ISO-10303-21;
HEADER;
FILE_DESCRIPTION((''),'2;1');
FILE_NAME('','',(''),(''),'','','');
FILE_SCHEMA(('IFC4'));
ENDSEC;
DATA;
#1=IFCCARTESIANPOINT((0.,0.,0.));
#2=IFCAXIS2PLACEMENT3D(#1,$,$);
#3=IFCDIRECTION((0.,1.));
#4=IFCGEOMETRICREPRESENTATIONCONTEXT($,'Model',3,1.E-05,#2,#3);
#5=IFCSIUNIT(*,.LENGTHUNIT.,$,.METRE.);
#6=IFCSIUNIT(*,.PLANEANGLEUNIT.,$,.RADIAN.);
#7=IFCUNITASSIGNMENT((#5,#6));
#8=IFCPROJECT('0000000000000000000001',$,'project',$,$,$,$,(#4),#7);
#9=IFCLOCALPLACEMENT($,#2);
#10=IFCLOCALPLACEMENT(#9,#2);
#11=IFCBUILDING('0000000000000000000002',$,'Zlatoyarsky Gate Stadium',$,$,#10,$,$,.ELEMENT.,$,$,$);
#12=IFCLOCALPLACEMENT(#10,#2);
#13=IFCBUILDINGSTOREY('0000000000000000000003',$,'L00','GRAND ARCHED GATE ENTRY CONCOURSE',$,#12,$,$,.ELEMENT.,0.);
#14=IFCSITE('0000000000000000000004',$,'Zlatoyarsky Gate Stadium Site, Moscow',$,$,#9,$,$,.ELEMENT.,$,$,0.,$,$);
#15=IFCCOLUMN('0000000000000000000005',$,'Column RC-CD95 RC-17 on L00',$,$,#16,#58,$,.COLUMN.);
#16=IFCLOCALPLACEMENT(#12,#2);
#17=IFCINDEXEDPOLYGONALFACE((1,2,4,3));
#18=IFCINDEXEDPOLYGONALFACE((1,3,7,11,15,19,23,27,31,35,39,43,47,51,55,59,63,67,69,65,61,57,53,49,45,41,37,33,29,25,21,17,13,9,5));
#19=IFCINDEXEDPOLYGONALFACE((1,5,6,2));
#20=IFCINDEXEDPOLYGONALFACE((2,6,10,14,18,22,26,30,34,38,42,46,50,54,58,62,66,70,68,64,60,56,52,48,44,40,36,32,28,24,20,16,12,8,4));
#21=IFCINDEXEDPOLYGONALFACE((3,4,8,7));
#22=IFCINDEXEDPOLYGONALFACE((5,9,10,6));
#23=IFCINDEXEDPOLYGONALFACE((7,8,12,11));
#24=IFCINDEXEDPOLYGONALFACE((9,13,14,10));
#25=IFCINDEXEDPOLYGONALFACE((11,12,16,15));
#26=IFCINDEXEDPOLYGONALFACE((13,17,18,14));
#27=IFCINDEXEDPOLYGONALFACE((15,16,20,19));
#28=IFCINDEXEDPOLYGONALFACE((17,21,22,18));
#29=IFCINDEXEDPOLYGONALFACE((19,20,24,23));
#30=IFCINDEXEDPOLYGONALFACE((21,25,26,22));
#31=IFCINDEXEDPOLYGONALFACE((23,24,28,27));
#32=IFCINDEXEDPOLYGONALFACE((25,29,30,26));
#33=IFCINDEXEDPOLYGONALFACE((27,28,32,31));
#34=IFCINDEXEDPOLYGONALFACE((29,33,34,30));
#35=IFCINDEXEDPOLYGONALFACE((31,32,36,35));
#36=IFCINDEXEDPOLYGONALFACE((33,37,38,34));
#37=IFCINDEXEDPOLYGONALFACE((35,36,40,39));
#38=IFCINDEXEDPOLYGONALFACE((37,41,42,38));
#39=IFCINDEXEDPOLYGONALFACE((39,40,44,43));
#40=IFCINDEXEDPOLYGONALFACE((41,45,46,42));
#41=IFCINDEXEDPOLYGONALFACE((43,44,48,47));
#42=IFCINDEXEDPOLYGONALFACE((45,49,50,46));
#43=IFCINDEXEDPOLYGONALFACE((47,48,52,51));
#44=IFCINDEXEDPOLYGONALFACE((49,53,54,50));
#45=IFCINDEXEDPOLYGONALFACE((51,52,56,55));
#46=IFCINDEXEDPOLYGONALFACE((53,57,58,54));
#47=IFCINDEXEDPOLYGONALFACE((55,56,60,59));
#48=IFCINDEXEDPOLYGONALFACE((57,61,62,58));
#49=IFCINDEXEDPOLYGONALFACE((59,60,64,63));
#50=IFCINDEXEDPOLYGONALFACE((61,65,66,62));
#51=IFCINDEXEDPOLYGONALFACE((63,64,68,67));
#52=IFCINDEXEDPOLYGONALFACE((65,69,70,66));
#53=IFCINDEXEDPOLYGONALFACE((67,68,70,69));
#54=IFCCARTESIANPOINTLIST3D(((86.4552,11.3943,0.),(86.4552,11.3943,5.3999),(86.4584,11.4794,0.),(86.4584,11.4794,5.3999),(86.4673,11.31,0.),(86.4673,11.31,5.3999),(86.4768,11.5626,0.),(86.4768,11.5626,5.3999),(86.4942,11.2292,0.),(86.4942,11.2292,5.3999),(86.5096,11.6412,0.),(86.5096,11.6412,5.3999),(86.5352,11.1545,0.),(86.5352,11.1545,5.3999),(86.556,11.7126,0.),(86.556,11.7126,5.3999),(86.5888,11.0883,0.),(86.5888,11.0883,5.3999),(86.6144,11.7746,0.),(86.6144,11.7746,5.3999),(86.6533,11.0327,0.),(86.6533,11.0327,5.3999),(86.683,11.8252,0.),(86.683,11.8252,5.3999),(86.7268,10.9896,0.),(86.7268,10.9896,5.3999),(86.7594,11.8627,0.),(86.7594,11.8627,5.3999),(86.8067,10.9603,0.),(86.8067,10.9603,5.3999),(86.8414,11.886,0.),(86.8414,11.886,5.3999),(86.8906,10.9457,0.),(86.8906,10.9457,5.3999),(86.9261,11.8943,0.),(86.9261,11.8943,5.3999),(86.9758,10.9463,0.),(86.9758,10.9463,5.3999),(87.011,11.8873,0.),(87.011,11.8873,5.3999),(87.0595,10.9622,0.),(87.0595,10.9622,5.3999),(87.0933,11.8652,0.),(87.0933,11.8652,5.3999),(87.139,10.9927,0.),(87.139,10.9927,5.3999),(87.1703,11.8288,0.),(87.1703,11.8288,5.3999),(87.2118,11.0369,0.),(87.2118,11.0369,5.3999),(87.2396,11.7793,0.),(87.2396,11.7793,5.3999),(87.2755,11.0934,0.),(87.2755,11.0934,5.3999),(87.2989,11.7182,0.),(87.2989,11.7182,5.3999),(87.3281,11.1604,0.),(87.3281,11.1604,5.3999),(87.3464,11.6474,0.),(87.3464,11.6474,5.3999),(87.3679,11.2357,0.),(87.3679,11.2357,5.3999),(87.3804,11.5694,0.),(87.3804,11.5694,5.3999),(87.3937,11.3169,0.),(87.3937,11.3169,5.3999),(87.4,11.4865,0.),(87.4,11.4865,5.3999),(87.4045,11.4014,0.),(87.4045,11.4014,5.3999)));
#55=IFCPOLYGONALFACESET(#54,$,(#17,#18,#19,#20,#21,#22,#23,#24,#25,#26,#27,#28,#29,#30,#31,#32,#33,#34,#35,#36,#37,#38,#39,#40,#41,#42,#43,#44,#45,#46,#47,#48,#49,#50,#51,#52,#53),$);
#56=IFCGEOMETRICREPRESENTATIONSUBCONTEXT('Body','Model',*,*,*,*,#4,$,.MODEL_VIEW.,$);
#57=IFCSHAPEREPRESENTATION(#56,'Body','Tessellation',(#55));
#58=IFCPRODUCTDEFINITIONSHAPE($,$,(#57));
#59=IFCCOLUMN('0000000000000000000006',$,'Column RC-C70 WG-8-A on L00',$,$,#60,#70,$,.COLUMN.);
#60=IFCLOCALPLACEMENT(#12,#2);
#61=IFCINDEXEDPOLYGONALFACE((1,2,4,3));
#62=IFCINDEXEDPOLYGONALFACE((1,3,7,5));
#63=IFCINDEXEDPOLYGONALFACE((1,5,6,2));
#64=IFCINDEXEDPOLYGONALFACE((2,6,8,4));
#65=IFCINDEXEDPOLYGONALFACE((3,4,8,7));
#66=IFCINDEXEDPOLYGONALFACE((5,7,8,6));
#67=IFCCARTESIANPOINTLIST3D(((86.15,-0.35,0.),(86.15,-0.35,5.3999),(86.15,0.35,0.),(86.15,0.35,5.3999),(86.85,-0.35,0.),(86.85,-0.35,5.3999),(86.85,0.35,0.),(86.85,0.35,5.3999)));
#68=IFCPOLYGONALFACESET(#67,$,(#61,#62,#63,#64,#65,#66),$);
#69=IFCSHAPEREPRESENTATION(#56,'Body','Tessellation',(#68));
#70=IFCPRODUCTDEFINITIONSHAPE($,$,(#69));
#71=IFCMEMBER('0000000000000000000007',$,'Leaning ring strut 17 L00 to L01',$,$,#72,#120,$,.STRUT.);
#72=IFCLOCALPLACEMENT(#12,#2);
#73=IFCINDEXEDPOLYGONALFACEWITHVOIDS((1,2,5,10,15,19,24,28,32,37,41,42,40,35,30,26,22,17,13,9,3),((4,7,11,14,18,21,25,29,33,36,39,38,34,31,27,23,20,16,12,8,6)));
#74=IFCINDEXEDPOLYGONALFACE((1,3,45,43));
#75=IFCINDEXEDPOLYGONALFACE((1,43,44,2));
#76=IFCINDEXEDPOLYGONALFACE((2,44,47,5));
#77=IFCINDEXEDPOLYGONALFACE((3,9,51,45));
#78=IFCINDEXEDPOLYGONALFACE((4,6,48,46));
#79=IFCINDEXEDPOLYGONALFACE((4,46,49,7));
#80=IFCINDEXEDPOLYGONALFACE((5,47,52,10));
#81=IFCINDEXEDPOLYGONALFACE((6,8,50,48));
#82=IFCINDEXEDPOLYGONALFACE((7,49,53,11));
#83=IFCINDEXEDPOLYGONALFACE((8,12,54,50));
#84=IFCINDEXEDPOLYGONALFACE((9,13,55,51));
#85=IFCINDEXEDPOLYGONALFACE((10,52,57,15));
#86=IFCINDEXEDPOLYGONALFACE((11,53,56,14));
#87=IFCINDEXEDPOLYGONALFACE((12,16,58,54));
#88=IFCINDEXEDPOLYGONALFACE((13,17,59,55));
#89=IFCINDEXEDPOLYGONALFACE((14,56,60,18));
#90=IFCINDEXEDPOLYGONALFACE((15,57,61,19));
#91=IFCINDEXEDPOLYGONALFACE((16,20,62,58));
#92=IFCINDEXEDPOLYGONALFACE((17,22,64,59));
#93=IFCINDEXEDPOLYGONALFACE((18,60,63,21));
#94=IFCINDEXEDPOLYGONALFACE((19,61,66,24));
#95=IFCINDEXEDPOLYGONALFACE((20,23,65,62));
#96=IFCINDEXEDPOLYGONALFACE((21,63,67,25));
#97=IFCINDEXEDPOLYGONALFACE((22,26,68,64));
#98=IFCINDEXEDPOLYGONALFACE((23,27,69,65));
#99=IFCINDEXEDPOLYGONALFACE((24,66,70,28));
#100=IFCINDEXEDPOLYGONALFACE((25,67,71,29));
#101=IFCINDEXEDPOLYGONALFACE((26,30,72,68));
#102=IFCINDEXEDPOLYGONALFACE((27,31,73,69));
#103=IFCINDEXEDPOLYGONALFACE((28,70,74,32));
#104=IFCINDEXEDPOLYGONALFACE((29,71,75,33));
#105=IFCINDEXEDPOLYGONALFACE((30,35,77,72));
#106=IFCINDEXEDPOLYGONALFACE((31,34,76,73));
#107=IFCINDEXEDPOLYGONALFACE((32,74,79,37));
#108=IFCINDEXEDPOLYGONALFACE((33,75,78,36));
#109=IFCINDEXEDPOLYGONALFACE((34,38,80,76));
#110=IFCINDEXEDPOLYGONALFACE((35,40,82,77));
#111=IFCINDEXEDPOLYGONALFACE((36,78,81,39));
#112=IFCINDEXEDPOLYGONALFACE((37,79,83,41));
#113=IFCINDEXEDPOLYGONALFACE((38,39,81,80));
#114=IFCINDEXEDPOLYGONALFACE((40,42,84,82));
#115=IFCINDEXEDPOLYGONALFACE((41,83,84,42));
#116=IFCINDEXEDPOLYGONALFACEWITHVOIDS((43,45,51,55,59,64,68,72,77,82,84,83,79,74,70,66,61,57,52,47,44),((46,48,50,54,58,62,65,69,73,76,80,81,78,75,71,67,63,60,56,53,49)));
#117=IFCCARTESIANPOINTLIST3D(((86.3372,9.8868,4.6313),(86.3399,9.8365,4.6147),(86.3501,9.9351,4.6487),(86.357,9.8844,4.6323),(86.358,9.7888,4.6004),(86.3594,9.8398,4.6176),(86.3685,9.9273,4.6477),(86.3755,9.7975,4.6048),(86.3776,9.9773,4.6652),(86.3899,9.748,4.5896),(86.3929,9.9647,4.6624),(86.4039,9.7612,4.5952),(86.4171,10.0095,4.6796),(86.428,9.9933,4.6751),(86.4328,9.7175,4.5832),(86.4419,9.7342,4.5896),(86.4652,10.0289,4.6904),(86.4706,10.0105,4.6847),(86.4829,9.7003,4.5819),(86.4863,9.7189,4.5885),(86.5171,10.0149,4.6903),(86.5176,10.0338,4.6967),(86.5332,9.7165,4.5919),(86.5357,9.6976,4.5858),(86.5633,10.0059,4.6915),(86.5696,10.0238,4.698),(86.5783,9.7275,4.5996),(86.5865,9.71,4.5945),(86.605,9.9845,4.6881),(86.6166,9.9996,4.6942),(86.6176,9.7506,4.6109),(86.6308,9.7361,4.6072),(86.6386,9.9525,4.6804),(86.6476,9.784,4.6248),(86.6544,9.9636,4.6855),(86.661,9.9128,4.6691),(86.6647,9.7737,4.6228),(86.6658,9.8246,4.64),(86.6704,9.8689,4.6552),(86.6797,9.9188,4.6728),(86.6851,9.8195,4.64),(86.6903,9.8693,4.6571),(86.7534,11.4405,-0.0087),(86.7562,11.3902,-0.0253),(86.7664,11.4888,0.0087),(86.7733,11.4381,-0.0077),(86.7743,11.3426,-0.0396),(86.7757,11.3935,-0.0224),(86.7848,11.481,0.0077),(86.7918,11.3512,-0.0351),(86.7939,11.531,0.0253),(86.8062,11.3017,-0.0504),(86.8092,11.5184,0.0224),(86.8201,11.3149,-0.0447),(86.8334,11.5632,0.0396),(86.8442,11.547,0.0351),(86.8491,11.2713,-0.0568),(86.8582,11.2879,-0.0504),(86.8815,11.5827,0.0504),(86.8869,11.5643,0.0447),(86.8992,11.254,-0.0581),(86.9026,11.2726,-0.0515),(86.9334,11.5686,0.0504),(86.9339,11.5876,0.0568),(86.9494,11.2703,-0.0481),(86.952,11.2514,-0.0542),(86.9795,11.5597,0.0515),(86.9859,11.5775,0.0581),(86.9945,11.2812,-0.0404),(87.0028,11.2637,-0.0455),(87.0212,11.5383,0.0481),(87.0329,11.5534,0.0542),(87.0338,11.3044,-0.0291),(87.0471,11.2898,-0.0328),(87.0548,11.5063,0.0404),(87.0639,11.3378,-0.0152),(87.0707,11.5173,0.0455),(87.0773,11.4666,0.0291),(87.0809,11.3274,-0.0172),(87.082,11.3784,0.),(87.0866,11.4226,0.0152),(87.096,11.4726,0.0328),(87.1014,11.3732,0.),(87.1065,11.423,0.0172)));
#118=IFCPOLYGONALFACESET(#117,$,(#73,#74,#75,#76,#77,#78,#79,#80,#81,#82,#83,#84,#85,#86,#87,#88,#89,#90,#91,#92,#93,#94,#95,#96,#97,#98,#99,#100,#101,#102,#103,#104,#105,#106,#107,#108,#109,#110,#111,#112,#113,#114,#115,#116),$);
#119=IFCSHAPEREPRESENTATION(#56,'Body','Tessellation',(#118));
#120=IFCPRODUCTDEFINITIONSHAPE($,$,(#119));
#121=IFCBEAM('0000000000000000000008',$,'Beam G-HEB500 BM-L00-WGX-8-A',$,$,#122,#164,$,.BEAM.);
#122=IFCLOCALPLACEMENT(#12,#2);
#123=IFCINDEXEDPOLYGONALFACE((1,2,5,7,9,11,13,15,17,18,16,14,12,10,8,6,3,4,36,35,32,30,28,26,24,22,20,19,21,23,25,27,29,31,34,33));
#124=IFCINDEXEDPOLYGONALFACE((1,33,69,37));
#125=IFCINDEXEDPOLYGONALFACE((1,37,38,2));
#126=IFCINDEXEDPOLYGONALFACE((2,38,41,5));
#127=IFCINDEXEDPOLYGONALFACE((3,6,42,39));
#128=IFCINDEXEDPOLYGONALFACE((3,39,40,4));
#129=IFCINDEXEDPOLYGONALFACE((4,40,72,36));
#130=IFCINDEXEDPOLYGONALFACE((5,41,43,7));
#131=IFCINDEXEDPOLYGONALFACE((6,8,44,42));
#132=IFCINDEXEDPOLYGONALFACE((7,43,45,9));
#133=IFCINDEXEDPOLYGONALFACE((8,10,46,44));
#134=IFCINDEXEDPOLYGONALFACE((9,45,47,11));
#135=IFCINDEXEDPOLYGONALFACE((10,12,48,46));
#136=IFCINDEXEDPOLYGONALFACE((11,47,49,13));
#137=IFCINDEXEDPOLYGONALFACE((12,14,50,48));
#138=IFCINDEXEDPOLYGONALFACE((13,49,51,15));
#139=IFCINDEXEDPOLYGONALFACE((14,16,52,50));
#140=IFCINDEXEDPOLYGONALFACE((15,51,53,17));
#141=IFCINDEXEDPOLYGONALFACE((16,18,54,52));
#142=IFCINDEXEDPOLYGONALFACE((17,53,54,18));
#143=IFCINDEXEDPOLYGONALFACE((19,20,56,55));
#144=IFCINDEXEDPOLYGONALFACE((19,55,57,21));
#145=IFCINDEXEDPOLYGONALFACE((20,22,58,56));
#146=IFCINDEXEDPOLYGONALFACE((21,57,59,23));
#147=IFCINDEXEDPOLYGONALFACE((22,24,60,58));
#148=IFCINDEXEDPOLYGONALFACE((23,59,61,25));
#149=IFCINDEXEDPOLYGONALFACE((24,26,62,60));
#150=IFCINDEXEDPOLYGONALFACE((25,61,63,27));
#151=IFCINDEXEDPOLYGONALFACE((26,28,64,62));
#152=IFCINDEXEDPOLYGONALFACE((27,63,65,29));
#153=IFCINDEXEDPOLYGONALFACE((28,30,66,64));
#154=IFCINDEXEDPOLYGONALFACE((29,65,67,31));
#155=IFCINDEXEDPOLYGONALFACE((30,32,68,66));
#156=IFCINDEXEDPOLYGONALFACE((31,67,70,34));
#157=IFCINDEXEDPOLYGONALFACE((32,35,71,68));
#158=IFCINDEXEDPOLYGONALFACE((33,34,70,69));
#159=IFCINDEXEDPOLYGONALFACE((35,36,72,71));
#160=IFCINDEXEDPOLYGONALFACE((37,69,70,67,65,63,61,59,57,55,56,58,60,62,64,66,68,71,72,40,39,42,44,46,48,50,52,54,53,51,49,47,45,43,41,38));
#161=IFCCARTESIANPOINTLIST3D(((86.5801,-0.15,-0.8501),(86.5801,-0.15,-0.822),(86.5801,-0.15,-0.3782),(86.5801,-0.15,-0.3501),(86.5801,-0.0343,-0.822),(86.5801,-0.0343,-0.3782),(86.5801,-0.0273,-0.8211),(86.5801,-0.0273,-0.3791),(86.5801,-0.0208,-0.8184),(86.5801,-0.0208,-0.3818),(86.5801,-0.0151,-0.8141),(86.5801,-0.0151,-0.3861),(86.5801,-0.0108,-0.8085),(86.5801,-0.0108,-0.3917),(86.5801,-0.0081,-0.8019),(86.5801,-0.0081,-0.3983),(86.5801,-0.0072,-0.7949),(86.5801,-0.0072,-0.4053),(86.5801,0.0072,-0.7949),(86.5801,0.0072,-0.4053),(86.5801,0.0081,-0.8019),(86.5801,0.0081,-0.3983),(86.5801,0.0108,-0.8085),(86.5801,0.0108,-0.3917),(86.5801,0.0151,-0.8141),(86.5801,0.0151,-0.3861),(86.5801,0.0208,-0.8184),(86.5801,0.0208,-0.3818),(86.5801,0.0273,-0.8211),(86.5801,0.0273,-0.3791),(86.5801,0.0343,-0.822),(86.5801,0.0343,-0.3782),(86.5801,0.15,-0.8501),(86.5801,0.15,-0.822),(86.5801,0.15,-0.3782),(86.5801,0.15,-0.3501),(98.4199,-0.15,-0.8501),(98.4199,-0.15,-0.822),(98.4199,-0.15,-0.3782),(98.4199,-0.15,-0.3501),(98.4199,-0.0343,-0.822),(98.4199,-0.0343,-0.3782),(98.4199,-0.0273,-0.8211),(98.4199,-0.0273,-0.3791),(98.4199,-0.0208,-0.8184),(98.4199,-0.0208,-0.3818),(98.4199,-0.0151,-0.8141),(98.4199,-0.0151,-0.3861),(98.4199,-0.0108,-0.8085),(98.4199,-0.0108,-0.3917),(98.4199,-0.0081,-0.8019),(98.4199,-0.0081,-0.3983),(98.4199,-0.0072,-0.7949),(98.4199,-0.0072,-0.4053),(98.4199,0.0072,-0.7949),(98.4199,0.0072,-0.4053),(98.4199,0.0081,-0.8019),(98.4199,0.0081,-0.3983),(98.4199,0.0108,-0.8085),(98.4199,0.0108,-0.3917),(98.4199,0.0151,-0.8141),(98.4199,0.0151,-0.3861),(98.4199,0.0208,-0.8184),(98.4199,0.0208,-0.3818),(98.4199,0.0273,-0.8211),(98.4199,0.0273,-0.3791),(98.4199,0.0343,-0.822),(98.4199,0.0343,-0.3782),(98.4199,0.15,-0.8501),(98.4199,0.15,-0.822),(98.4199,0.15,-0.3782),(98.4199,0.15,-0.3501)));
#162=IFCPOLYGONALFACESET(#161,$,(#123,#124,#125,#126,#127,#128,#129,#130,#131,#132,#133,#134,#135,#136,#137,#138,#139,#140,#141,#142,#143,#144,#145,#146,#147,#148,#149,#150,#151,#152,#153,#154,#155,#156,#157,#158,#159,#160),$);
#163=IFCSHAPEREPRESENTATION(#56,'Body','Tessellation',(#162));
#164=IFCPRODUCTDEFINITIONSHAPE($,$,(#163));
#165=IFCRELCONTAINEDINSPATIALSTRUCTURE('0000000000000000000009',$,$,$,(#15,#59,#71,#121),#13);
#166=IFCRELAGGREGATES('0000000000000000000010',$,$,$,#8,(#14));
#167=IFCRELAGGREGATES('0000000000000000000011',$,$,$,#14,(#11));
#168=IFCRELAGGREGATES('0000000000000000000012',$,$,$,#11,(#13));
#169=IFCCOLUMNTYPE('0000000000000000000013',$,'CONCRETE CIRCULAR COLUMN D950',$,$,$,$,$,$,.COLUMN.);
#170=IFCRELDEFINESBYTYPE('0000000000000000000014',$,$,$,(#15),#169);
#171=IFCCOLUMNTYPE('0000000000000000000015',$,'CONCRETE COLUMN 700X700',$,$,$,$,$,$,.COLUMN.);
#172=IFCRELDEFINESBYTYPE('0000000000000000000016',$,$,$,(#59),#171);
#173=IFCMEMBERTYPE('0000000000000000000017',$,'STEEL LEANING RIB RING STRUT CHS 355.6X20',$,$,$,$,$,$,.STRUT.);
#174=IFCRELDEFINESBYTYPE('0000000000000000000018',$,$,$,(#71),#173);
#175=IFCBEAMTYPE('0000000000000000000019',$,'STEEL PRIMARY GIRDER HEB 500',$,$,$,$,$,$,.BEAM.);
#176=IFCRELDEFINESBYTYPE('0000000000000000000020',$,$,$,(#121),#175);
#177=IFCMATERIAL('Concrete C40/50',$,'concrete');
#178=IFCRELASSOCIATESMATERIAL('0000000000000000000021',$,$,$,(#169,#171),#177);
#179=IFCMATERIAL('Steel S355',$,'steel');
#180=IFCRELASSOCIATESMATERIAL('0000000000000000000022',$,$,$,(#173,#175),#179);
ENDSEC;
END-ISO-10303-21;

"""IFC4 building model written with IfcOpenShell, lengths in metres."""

from ifc_helpers import new_model, si_unit, direction, frame, origin, origin_2d, place, context, subcontext, project, spatial, rectangle, circle, hollow_circle, i_section, extrude, material, material_profile, profile_set, type_object, element, save


model = new_model("IFC4")

# Units and contexts
model_context = context("Model", 3, precision=1e-05, world=origin(), true_north=direction((0.0, 1.0)))
body_context = subcontext(model_context, "Body", "Model", "MODEL_VIEW")
ifc_project = project(units=[si_unit("LENGTHUNIT", "METRE"), si_unit("PLANEANGLEUNIT", "RADIAN")], contexts=[model_context])

# Site, building, storey
site_placement = place(None, origin())
site = spatial("IfcSite", under=ifc_project, at=site_placement, Name="Zlatoyarsky Gate Stadium Site, Moscow", CompositionType="ELEMENT", RefElevation=0.0)
building_placement = place(site_placement, origin())
building = spatial("IfcBuilding", under=site, at=building_placement, Name="Zlatoyarsky Gate Stadium", CompositionType="ELEMENT")
storey_placement = place(building_placement, origin())
storey = spatial("IfcBuildingStorey", under=building, at=storey_placement, Name="L00", Description="GRAND ARCHED GATE ENTRY CONCOURSE", CompositionType="ELEMENT", Elevation=0.0)

# Columns
ifc_material_1 = material(Name="Concrete C40/50", Category="concrete")
ifc_material_profile_1 = material_profile(ifc_material_1, circle(Radius=0.4751, at=origin_2d()), Name="RC COL D950")
ifc_profile_set_1 = profile_set([ifc_material_profile_1], Name="Concrete C40/50")
column_type_1 = type_object("IfcColumnType", Name="CONCRETE CIRCULAR COLUMN D950", PredefinedType="COLUMN", material=ifc_profile_set_1)
column_1_placement = place(storey_placement, frame((86.9297, 11.4192, 0.0), z_axis=(0.0, 0.0, 1.0), x_axis=(-0.258819, -0.965926, 0.0)))
element("IfcColumn", 1, at=column_1_placement, inside=storey, type_object=column_type_1, Name="Column RC-CD95 RC-17 on L00", PredefinedType="COLUMN", context=body_context, shape_type="SweptSolid", body=[
    extrude(circle(Radius=0.4751, at=origin_2d()), origin(), (0.0, 0.0, 1.0), 5.3999),
])
ifc_material_profile_2 = material_profile(ifc_material_1, rectangle(XDim=0.7, YDim=0.7, at=origin_2d()), Name="RC COL 700X700")
ifc_profile_set_2 = profile_set([ifc_material_profile_2], Name="Concrete C40/50")
column_type_2 = type_object("IfcColumnType", Name="CONCRETE COLUMN 700X700", PredefinedType="COLUMN", material=ifc_profile_set_2)
column_2_placement = place(storey_placement, frame((86.5, 0.0, 0.0), z_axis=(0.0, 0.0, 1.0), x_axis=(1.0, 0.0, 0.0)))
element("IfcColumn", 2, at=column_2_placement, inside=storey, type_object=column_type_2, Name="Column RC-C70 WG-8-A on L00", PredefinedType="COLUMN", context=body_context, shape_type="SweptSolid", body=[
    extrude(rectangle(XDim=0.7, YDim=0.7, at=origin_2d()), origin(), (0.0, 0.0, 1.0), 5.3999),
])

# Member
ifc_material_2 = material(Name="Steel S355", Category="steel")
ifc_material_profile_3 = material_profile(ifc_material_2, hollow_circle(Radius=0.1777, WallThickness=0.02, at=origin_2d()), Name="CHS 355.6X20")
ifc_profile_set_3 = profile_set([ifc_material_profile_3], Name="Steel S355")
member_type = type_object("IfcMemberType", Name="STEEL LEANING RIB RING STRUT CHS 355.6X20", PredefinedType="STRUT", material=ifc_profile_set_3)
member_placement = place(storey_placement, frame((86.9297, 11.4192, 0.0), z_axis=(-0.084764, -0.316387, 0.944836), x_axis=(0.965935, -0.258787, 0.0)))
element("IfcMember", 3, at=member_placement, inside=storey, type_object=member_type, Name="Leaning ring strut 17 L00 to L01", PredefinedType="STRUT", context=body_context, shape_type="SweptSolid", body=[
    extrude(hollow_circle(Radius=0.1777, WallThickness=0.02, at=origin_2d()), origin(), (0.0, 0.0, 1.0), 4.9109),
])

# Beam
ifc_material_profile_4 = material_profile(ifc_material_2, i_section(OverallWidth=0.3, OverallDepth=0.5, WebThickness=0.0144, FlangeThickness=0.0281, FilletRadius=0.0271, at=origin_2d()), Name="HEB 500")
ifc_profile_set_4 = profile_set([ifc_material_profile_4], Name="Steel S355")
beam_type_1 = type_object("IfcBeamType", Name="STEEL PRIMARY GIRDER HEB 500", PredefinedType="BEAM", material=ifc_profile_set_4)
beam_1_placement = place(storey_placement, frame((86.5801, 0.0, -0.6001), z_axis=(1.0, 0.0, 0.0), x_axis=(0.0, 1.0, 0.0)))
element("IfcBeam", 4, at=beam_1_placement, inside=storey, type_object=beam_type_1, Name="Beam G-HEB500 BM-L00-WGX-8-A", PredefinedType="BEAM", context=body_context, shape_type="SweptSolid", body=[
    extrude(i_section(OverallWidth=0.3, OverallDepth=0.5, WebThickness=0.0144, FlangeThickness=0.0281, FilletRadius=0.0271, at=origin_2d()), origin(), (0.0, 0.0, 1.0), 11.8398),
])

save(model, "model.ifc")
